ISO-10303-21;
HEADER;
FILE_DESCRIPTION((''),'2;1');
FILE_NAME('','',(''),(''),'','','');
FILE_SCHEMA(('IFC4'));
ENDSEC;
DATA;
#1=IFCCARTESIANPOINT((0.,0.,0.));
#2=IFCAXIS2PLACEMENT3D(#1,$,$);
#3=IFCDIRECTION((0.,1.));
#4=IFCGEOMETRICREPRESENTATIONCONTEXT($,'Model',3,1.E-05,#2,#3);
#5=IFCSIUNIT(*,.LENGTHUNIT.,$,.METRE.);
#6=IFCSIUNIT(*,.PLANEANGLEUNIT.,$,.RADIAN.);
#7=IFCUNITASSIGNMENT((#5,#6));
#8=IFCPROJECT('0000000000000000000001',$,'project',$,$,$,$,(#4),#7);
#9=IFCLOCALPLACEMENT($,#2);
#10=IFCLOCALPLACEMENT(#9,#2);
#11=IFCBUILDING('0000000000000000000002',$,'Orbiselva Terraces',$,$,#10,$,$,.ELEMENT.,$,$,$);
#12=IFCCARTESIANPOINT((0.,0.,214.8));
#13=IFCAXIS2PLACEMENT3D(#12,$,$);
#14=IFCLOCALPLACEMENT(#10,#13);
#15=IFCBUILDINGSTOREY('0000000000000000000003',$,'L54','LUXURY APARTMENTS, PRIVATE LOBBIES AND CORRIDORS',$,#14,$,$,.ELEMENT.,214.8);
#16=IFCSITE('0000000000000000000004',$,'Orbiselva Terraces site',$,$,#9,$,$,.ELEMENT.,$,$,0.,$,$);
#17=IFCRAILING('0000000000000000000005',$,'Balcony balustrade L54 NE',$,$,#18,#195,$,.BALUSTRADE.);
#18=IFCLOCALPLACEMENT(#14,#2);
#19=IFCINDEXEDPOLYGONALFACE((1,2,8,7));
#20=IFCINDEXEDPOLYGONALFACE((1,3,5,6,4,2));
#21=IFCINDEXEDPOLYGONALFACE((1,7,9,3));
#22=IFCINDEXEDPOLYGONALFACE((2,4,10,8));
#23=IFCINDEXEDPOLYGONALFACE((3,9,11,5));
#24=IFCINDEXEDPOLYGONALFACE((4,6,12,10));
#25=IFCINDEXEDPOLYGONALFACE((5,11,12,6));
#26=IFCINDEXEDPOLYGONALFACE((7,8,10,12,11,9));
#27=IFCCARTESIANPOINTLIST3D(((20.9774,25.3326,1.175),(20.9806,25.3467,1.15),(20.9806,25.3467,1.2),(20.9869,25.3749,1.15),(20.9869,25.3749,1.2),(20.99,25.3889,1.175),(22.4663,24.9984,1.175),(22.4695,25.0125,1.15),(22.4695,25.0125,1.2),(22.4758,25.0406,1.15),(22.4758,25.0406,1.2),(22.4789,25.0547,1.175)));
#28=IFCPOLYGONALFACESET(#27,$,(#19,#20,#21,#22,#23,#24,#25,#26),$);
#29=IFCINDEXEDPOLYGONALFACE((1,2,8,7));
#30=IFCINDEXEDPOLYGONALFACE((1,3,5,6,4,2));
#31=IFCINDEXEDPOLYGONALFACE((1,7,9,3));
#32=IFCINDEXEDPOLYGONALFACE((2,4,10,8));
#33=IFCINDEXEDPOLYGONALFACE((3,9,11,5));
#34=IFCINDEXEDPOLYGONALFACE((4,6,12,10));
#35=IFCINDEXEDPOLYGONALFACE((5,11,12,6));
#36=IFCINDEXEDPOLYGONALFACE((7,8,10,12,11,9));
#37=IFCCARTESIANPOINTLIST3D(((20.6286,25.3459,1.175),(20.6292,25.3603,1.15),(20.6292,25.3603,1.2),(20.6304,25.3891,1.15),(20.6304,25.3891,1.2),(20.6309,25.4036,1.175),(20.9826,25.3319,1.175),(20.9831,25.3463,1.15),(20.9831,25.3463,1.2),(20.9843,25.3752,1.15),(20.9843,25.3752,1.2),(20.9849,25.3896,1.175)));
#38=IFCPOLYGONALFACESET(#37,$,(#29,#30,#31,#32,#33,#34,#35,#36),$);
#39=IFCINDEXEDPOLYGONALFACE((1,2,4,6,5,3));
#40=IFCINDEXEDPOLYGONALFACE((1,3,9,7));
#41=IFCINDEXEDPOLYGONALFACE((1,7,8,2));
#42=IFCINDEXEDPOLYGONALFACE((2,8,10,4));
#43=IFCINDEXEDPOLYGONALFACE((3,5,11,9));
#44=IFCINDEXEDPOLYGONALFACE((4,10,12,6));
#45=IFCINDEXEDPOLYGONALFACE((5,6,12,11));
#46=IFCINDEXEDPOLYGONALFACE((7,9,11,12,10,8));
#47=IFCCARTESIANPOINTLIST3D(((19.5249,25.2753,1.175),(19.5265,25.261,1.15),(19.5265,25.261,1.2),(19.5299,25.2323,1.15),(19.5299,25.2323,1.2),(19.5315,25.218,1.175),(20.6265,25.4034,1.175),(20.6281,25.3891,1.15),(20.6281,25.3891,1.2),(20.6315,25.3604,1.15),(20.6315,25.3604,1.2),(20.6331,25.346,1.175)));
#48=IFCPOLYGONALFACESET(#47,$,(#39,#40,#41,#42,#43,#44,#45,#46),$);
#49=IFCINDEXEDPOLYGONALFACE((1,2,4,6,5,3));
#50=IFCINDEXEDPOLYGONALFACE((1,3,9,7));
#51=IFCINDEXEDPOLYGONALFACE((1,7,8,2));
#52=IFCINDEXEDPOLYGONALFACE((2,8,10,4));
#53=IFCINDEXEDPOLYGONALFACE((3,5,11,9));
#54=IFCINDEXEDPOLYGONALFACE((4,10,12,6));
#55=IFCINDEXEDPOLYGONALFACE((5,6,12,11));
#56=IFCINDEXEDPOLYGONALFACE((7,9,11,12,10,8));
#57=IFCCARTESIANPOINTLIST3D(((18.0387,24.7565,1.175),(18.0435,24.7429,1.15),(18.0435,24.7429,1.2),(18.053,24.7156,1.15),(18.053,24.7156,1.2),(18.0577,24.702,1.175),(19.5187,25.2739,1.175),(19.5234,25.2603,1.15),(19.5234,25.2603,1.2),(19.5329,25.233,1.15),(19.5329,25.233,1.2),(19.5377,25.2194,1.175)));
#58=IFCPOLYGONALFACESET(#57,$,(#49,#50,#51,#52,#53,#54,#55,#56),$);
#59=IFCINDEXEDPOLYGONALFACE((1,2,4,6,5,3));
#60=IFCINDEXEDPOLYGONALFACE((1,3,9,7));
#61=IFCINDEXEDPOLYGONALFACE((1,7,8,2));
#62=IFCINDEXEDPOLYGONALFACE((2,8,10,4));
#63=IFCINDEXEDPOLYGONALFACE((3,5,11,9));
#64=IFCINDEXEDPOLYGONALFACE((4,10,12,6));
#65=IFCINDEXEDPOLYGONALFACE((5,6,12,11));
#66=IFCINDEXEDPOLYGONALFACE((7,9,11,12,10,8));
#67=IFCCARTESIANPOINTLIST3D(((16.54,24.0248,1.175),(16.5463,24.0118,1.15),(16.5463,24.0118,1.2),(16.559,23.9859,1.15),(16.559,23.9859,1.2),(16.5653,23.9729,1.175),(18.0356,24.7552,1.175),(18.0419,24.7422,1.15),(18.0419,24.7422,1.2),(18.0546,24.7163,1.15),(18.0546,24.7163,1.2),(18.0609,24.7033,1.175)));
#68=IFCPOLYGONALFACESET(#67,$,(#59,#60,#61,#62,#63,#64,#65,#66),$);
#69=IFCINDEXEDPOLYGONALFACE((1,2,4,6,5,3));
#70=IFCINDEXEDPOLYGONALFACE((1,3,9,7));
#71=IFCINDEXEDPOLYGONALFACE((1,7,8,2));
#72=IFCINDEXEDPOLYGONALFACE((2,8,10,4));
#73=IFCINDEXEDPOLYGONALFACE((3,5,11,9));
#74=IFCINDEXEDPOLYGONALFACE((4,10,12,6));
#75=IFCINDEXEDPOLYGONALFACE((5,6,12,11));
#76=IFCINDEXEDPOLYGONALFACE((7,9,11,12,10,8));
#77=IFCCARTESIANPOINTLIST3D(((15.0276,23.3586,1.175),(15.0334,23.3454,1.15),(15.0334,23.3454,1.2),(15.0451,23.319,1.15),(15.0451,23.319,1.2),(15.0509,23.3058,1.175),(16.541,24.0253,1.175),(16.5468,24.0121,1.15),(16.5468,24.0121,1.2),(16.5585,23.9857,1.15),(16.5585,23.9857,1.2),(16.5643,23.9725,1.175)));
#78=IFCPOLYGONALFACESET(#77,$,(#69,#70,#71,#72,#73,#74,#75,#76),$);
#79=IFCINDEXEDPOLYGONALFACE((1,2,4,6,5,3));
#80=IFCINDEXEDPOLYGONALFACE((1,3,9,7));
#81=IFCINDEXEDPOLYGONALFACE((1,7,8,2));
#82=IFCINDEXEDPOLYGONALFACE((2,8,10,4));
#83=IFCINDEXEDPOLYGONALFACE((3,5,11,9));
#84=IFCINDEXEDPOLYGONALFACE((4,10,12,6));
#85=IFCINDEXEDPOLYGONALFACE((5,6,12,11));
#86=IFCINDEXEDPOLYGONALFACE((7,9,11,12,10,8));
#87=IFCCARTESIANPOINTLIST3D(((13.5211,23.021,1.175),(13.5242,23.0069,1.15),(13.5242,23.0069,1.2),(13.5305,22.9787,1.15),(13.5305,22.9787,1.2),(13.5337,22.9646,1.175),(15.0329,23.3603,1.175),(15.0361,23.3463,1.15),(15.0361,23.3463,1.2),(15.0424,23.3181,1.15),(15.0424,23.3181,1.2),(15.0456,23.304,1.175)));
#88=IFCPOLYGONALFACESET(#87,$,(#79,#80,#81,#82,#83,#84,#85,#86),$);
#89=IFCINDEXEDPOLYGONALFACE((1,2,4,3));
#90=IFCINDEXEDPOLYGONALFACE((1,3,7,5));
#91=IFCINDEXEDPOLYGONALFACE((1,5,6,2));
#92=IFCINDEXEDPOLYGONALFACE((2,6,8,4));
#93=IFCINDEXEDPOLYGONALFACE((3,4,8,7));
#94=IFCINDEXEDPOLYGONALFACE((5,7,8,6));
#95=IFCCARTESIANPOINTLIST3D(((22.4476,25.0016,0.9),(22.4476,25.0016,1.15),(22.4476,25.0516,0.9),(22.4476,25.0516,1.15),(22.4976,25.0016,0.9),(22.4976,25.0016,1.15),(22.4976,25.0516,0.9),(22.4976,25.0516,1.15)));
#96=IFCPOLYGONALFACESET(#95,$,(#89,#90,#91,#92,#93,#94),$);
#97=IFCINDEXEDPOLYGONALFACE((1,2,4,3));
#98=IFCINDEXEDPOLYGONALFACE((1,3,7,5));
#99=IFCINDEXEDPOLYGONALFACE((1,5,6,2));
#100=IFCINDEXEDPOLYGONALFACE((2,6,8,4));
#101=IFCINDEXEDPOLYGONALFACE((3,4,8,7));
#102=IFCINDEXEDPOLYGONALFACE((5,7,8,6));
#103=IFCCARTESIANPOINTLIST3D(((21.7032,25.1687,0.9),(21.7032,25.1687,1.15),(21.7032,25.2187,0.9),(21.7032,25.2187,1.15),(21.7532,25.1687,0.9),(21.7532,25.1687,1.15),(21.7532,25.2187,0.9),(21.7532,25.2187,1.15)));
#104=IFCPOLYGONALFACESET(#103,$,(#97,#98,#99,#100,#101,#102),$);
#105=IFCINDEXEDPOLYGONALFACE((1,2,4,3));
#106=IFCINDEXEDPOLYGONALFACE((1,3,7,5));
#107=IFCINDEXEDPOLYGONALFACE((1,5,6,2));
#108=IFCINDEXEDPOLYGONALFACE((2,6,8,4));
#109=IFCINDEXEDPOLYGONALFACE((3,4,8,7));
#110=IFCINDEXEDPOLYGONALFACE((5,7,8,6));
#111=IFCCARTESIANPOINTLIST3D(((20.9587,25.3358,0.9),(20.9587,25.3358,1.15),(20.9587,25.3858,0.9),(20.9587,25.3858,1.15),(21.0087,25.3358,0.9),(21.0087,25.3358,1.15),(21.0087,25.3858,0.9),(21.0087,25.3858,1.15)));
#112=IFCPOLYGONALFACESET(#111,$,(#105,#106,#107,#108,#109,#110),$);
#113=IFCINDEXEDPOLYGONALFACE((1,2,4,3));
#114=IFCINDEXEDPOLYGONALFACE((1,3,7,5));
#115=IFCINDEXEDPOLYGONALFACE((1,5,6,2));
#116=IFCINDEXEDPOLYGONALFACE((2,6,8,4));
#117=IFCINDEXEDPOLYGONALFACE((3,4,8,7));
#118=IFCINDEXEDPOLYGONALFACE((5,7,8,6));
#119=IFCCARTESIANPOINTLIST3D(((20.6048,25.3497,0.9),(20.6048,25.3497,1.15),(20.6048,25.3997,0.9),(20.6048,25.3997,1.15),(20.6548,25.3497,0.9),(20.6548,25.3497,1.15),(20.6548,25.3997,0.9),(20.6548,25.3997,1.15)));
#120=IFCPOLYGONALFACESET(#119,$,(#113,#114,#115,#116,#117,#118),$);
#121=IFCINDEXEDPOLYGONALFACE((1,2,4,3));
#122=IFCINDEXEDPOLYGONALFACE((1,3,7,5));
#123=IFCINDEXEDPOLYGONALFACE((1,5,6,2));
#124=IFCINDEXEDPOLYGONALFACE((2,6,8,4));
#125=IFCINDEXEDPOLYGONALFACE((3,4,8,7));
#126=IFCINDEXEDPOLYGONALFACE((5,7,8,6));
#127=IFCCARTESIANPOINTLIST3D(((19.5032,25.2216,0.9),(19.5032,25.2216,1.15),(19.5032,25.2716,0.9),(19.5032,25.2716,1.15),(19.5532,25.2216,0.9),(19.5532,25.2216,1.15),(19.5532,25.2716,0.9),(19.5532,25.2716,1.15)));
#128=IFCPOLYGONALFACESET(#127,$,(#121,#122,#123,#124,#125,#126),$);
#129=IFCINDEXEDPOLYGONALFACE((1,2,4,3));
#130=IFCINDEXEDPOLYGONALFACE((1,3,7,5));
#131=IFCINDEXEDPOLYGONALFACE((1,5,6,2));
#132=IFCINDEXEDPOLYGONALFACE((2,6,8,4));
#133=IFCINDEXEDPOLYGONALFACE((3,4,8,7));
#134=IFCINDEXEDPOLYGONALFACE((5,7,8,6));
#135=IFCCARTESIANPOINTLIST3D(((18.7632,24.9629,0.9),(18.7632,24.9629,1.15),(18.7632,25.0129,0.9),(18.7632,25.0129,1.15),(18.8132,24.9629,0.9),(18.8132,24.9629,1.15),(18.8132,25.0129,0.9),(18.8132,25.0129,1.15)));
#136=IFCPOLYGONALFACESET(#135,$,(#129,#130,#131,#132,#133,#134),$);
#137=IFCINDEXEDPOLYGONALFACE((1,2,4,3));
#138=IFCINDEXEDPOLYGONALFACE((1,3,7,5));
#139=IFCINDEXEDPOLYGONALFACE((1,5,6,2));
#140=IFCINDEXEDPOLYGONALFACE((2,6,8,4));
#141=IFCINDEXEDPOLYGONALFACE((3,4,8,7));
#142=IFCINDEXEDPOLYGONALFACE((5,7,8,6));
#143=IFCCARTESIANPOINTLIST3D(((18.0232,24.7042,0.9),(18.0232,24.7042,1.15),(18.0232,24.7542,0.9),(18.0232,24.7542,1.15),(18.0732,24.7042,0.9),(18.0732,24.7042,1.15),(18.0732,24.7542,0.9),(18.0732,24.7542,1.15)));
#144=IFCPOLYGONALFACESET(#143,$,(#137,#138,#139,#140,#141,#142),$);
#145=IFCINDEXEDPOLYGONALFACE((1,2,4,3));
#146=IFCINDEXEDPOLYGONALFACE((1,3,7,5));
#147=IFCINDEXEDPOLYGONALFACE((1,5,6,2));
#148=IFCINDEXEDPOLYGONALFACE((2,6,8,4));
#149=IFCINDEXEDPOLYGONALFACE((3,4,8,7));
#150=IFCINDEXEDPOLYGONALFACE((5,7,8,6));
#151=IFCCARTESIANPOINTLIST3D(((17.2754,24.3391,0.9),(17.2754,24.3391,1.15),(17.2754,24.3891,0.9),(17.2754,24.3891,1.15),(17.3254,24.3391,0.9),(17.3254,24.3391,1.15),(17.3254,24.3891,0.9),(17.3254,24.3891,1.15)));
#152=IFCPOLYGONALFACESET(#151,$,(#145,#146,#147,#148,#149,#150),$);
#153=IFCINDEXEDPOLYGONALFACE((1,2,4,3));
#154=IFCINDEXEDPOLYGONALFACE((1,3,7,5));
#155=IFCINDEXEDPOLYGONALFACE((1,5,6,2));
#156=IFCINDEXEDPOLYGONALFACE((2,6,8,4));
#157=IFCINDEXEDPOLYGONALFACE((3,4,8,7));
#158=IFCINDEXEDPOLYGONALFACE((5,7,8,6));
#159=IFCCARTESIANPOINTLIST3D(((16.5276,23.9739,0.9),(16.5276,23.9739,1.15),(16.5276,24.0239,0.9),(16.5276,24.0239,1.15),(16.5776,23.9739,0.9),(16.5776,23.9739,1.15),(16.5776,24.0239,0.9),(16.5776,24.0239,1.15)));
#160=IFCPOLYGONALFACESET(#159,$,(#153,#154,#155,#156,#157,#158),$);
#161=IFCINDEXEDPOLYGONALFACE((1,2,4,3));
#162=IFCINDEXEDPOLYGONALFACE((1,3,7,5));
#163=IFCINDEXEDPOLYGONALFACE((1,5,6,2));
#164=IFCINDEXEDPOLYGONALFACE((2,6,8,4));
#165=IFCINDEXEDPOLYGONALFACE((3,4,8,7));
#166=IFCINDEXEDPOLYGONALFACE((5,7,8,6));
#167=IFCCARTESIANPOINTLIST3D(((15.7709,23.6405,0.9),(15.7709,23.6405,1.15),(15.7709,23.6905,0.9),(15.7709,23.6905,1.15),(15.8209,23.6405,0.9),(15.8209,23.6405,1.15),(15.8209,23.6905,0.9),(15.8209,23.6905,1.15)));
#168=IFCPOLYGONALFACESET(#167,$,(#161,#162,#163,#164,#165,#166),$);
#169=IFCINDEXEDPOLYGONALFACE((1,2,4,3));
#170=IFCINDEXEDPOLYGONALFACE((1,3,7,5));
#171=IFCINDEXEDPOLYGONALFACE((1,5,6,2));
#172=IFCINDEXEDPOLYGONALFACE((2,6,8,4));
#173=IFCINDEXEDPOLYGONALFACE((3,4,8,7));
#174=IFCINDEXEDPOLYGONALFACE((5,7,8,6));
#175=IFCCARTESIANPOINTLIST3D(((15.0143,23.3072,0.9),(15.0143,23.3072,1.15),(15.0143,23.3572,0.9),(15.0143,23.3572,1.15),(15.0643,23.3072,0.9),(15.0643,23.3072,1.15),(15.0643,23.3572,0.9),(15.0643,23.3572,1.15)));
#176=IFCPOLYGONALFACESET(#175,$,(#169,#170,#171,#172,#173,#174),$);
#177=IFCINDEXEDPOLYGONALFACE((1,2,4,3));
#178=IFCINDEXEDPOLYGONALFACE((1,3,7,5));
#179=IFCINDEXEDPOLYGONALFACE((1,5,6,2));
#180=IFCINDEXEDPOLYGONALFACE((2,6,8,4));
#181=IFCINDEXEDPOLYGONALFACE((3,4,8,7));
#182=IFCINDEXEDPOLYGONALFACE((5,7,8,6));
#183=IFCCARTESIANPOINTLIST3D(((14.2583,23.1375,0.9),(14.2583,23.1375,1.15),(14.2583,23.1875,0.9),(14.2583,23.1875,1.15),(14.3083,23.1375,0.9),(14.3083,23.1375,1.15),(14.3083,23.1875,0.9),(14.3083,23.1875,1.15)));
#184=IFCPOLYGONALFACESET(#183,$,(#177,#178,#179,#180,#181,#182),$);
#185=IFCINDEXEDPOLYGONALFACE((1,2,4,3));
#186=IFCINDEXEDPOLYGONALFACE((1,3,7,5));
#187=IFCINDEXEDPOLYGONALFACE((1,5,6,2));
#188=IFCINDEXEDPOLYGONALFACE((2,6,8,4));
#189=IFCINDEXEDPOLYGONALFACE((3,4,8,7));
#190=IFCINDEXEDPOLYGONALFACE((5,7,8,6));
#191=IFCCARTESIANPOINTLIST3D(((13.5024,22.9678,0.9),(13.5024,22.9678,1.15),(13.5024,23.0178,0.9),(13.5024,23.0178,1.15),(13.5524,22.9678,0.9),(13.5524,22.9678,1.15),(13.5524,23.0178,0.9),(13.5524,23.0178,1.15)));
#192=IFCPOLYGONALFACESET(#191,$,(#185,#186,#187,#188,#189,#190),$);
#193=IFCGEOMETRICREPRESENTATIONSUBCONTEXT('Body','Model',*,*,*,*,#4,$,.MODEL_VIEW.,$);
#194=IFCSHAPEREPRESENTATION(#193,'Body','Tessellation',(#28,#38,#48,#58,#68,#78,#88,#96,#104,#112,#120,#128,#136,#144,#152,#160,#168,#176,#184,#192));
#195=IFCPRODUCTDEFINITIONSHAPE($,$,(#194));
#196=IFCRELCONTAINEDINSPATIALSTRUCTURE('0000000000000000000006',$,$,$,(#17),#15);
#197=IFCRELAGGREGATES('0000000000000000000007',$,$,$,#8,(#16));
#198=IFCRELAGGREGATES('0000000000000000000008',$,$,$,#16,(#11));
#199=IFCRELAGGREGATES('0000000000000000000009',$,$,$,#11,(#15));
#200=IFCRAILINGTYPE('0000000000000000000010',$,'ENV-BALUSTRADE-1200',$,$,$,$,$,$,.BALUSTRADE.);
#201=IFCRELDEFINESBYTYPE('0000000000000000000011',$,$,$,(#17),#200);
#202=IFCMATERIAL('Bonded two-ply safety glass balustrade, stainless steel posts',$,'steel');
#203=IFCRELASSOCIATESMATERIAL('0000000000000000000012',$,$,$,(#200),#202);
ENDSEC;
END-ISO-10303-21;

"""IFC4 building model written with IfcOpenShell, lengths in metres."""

from ifc_helpers import new_model, si_unit, direction, frame, origin, origin_2d, place, context, subcontext, project, spatial, polyline, rectangle, outline, extrude, material, type_object, element, save


model = new_model("IFC4")

# Units and contexts
model_context = context("Model", 3, precision=1e-05, world=origin(), true_north=direction((0.0, 1.0)))
body_context = subcontext(model_context, "Body", "Model", "MODEL_VIEW")
ifc_project = project(units=[si_unit("LENGTHUNIT", "METRE"), si_unit("PLANEANGLEUNIT", "RADIAN")], contexts=[model_context])

# Site, building, storey
site_placement = place(None, origin())
site = spatial("IfcSite", under=ifc_project, at=site_placement, Name="Orbiselva Terraces site", CompositionType="ELEMENT", RefElevation=0.0)
building_placement = place(site_placement, origin())
building = spatial("IfcBuilding", under=site, at=building_placement, Name="Orbiselva Terraces", CompositionType="ELEMENT")
storey_placement = place(building_placement, frame((0.0, 0.0, 214.8)))
storey = spatial("IfcBuildingStorey", under=building, at=storey_placement, Name="L54", Description="LUXURY APARTMENTS, PRIVATE LOBBIES AND CORRIDORS", CompositionType="ELEMENT", Elevation=214.8)

# Railing
ifc_material_1 = material(Name="Bonded two-ply safety glass balustrade, stainless steel posts", Category="steel")
railing_type_1 = type_object("IfcRailingType", Name="ENV-BALUSTRADE-1200", PredefinedType="BALUSTRADE", material=ifc_material_1)
railing_1_placement = place(storey_placement, frame((22.4726, 25.0266, 0.9)))
element("IfcRailing", 1, at=railing_1_placement, inside=storey, type_object=railing_type_1, Name="Balcony balustrade L54 NE", PredefinedType="BALUSTRADE", context=body_context, shape_type="SweptSolid", body=[
    extrude(outline(polyline([(0.0289, 0.0), (0.0144, 0.025), (-0.0144, 0.025), (-0.0289, 0.0), (-0.0144, -0.025), (0.0144, -0.025), (0.0289, 0.0)])), frame((0.0, 0.0, 0.275), z_axis=(-0.975721, 0.219016, 0.0), x_axis=(-0.219016, -0.975721, 0.0)), (0.0, 0.0, 1.0), 1.526),
    extrude(outline(polyline([(0.0289, 0.0), (0.0144, 0.025), (-0.0144, 0.025), (-0.0289, 0.0), (-0.0144, -0.025), (0.0144, -0.025), (0.0289, 0.0)])), frame((-1.4889, 0.3342, 0.275), z_axis=(-0.999225, 0.039364, 0.0), x_axis=(-0.039364, -0.999225, 0.0)), (0.0, 0.0, 1.0), 0.3542),
    extrude(outline(polyline([(0.0289, 0.0), (0.0144, 0.025), (-0.0144, 0.025), (-0.0289, 0.0), (-0.0144, -0.025), (0.0144, -0.025), (0.0289, 0.0)])), frame((-1.8428, 0.3482, 0.275), z_axis=(-0.99331, -0.115481, 0.0), x_axis=(0.115481, -0.99331, 0.0)), (0.0, 0.0, 1.0), 1.109),
    extrude(outline(polyline([(0.0289, 0.0), (0.0144, 0.025), (-0.0144, 0.025), (-0.0289, 0.0), (-0.0144, -0.025), (0.0144, -0.025), (0.0289, 0.0)])), frame((-2.9444, 0.2201, 0.275), z_axis=(-0.943972, -0.330025, 0.0), x_axis=(0.330025, -0.943972, 0.0)), (0.0, 0.0, 1.0), 1.5678),
    extrude(outline(polyline([(0.0289, 0.0), (0.0144, 0.025), (-0.0144, 0.025), (-0.0289, 0.0), (-0.0144, -0.025), (0.0144, -0.025), (0.0289, 0.0)])), frame((-4.4244, -0.2973, 0.275), z_axis=(-0.898579, -0.438812, 0.0), x_axis=(0.438812, -0.898579, 0.0)), (0.0, 0.0, 1.0), 1.6644),
    extrude(outline(polyline([(0.0289, 0.0), (0.0144, 0.025), (-0.0144, 0.025), (-0.0289, 0.0), (-0.0144, -0.025), (0.0144, -0.025), (0.0289, 0.0)])), frame((-5.92, -1.0277, 0.275), z_axis=(-0.915134, -0.403151, 0.0), x_axis=(0.403151, -0.915134, 0.0)), (0.0, 0.0, 1.0), 1.6537),
    extrude(outline(polyline([(0.0289, 0.0), (0.0144, 0.025), (-0.0144, 0.025), (-0.0289, 0.0), (-0.0144, -0.025), (0.0144, -0.025), (0.0289, 0.0)])), frame((-7.4334, -1.6944, 0.275), z_axis=(-0.975721, -0.219016, 0.0), x_axis=(0.219016, -0.975721, 0.0)), (0.0, 0.0, 1.0), 1.5495),
    extrude(rectangle(XDim=0.05, YDim=0.05, at=origin_2d()), origin(), (0.0, 0.0, 1.0), 0.25),
    extrude(rectangle(XDim=0.05, YDim=0.05, at=origin_2d()), frame((-0.7445, 0.1671, 0.0)), (0.0, 0.0, 1.0), 0.25),
    extrude(rectangle(XDim=0.05, YDim=0.05, at=origin_2d()), frame((-1.4889, 0.3342, 0.0)), (0.0, 0.0, 1.0), 0.25),
    extrude(rectangle(XDim=0.05, YDim=0.05, at=origin_2d()), frame((-1.8428, 0.3482, 0.0)), (0.0, 0.0, 1.0), 0.25),
    extrude(rectangle(XDim=0.05, YDim=0.05, at=origin_2d()), frame((-2.9444, 0.2201, 0.0)), (0.0, 0.0, 1.0), 0.25),
    extrude(rectangle(XDim=0.05, YDim=0.05, at=origin_2d()), frame((-3.6844, -0.0386, 0.0)), (0.0, 0.0, 1.0), 0.25),
    extrude(rectangle(XDim=0.05, YDim=0.05, at=origin_2d()), frame((-4.4244, -0.2973, 0.0)), (0.0, 0.0, 1.0), 0.25),
    extrude(rectangle(XDim=0.05, YDim=0.05, at=origin_2d()), frame((-5.1722, -0.6625, 0.0)), (0.0, 0.0, 1.0), 0.25),
    extrude(rectangle(XDim=0.05, YDim=0.05, at=origin_2d()), frame((-5.92, -1.0277, 0.0)), (0.0, 0.0, 1.0), 0.25),
    extrude(rectangle(XDim=0.05, YDim=0.05, at=origin_2d()), frame((-6.6767, -1.361, 0.0)), (0.0, 0.0, 1.0), 0.25),
    extrude(rectangle(XDim=0.05, YDim=0.05, at=origin_2d()), frame((-7.4334, -1.6944, 0.0)), (0.0, 0.0, 1.0), 0.25),
    extrude(rectangle(XDim=0.05, YDim=0.05, at=origin_2d()), frame((-8.1893, -1.8641, 0.0)), (0.0, 0.0, 1.0), 0.25),
    extrude(rectangle(XDim=0.05, YDim=0.05, at=origin_2d()), frame((-8.9452, -2.0338, 0.0)), (0.0, 0.0, 1.0), 0.25),
])

save(model, "model.ifc")
